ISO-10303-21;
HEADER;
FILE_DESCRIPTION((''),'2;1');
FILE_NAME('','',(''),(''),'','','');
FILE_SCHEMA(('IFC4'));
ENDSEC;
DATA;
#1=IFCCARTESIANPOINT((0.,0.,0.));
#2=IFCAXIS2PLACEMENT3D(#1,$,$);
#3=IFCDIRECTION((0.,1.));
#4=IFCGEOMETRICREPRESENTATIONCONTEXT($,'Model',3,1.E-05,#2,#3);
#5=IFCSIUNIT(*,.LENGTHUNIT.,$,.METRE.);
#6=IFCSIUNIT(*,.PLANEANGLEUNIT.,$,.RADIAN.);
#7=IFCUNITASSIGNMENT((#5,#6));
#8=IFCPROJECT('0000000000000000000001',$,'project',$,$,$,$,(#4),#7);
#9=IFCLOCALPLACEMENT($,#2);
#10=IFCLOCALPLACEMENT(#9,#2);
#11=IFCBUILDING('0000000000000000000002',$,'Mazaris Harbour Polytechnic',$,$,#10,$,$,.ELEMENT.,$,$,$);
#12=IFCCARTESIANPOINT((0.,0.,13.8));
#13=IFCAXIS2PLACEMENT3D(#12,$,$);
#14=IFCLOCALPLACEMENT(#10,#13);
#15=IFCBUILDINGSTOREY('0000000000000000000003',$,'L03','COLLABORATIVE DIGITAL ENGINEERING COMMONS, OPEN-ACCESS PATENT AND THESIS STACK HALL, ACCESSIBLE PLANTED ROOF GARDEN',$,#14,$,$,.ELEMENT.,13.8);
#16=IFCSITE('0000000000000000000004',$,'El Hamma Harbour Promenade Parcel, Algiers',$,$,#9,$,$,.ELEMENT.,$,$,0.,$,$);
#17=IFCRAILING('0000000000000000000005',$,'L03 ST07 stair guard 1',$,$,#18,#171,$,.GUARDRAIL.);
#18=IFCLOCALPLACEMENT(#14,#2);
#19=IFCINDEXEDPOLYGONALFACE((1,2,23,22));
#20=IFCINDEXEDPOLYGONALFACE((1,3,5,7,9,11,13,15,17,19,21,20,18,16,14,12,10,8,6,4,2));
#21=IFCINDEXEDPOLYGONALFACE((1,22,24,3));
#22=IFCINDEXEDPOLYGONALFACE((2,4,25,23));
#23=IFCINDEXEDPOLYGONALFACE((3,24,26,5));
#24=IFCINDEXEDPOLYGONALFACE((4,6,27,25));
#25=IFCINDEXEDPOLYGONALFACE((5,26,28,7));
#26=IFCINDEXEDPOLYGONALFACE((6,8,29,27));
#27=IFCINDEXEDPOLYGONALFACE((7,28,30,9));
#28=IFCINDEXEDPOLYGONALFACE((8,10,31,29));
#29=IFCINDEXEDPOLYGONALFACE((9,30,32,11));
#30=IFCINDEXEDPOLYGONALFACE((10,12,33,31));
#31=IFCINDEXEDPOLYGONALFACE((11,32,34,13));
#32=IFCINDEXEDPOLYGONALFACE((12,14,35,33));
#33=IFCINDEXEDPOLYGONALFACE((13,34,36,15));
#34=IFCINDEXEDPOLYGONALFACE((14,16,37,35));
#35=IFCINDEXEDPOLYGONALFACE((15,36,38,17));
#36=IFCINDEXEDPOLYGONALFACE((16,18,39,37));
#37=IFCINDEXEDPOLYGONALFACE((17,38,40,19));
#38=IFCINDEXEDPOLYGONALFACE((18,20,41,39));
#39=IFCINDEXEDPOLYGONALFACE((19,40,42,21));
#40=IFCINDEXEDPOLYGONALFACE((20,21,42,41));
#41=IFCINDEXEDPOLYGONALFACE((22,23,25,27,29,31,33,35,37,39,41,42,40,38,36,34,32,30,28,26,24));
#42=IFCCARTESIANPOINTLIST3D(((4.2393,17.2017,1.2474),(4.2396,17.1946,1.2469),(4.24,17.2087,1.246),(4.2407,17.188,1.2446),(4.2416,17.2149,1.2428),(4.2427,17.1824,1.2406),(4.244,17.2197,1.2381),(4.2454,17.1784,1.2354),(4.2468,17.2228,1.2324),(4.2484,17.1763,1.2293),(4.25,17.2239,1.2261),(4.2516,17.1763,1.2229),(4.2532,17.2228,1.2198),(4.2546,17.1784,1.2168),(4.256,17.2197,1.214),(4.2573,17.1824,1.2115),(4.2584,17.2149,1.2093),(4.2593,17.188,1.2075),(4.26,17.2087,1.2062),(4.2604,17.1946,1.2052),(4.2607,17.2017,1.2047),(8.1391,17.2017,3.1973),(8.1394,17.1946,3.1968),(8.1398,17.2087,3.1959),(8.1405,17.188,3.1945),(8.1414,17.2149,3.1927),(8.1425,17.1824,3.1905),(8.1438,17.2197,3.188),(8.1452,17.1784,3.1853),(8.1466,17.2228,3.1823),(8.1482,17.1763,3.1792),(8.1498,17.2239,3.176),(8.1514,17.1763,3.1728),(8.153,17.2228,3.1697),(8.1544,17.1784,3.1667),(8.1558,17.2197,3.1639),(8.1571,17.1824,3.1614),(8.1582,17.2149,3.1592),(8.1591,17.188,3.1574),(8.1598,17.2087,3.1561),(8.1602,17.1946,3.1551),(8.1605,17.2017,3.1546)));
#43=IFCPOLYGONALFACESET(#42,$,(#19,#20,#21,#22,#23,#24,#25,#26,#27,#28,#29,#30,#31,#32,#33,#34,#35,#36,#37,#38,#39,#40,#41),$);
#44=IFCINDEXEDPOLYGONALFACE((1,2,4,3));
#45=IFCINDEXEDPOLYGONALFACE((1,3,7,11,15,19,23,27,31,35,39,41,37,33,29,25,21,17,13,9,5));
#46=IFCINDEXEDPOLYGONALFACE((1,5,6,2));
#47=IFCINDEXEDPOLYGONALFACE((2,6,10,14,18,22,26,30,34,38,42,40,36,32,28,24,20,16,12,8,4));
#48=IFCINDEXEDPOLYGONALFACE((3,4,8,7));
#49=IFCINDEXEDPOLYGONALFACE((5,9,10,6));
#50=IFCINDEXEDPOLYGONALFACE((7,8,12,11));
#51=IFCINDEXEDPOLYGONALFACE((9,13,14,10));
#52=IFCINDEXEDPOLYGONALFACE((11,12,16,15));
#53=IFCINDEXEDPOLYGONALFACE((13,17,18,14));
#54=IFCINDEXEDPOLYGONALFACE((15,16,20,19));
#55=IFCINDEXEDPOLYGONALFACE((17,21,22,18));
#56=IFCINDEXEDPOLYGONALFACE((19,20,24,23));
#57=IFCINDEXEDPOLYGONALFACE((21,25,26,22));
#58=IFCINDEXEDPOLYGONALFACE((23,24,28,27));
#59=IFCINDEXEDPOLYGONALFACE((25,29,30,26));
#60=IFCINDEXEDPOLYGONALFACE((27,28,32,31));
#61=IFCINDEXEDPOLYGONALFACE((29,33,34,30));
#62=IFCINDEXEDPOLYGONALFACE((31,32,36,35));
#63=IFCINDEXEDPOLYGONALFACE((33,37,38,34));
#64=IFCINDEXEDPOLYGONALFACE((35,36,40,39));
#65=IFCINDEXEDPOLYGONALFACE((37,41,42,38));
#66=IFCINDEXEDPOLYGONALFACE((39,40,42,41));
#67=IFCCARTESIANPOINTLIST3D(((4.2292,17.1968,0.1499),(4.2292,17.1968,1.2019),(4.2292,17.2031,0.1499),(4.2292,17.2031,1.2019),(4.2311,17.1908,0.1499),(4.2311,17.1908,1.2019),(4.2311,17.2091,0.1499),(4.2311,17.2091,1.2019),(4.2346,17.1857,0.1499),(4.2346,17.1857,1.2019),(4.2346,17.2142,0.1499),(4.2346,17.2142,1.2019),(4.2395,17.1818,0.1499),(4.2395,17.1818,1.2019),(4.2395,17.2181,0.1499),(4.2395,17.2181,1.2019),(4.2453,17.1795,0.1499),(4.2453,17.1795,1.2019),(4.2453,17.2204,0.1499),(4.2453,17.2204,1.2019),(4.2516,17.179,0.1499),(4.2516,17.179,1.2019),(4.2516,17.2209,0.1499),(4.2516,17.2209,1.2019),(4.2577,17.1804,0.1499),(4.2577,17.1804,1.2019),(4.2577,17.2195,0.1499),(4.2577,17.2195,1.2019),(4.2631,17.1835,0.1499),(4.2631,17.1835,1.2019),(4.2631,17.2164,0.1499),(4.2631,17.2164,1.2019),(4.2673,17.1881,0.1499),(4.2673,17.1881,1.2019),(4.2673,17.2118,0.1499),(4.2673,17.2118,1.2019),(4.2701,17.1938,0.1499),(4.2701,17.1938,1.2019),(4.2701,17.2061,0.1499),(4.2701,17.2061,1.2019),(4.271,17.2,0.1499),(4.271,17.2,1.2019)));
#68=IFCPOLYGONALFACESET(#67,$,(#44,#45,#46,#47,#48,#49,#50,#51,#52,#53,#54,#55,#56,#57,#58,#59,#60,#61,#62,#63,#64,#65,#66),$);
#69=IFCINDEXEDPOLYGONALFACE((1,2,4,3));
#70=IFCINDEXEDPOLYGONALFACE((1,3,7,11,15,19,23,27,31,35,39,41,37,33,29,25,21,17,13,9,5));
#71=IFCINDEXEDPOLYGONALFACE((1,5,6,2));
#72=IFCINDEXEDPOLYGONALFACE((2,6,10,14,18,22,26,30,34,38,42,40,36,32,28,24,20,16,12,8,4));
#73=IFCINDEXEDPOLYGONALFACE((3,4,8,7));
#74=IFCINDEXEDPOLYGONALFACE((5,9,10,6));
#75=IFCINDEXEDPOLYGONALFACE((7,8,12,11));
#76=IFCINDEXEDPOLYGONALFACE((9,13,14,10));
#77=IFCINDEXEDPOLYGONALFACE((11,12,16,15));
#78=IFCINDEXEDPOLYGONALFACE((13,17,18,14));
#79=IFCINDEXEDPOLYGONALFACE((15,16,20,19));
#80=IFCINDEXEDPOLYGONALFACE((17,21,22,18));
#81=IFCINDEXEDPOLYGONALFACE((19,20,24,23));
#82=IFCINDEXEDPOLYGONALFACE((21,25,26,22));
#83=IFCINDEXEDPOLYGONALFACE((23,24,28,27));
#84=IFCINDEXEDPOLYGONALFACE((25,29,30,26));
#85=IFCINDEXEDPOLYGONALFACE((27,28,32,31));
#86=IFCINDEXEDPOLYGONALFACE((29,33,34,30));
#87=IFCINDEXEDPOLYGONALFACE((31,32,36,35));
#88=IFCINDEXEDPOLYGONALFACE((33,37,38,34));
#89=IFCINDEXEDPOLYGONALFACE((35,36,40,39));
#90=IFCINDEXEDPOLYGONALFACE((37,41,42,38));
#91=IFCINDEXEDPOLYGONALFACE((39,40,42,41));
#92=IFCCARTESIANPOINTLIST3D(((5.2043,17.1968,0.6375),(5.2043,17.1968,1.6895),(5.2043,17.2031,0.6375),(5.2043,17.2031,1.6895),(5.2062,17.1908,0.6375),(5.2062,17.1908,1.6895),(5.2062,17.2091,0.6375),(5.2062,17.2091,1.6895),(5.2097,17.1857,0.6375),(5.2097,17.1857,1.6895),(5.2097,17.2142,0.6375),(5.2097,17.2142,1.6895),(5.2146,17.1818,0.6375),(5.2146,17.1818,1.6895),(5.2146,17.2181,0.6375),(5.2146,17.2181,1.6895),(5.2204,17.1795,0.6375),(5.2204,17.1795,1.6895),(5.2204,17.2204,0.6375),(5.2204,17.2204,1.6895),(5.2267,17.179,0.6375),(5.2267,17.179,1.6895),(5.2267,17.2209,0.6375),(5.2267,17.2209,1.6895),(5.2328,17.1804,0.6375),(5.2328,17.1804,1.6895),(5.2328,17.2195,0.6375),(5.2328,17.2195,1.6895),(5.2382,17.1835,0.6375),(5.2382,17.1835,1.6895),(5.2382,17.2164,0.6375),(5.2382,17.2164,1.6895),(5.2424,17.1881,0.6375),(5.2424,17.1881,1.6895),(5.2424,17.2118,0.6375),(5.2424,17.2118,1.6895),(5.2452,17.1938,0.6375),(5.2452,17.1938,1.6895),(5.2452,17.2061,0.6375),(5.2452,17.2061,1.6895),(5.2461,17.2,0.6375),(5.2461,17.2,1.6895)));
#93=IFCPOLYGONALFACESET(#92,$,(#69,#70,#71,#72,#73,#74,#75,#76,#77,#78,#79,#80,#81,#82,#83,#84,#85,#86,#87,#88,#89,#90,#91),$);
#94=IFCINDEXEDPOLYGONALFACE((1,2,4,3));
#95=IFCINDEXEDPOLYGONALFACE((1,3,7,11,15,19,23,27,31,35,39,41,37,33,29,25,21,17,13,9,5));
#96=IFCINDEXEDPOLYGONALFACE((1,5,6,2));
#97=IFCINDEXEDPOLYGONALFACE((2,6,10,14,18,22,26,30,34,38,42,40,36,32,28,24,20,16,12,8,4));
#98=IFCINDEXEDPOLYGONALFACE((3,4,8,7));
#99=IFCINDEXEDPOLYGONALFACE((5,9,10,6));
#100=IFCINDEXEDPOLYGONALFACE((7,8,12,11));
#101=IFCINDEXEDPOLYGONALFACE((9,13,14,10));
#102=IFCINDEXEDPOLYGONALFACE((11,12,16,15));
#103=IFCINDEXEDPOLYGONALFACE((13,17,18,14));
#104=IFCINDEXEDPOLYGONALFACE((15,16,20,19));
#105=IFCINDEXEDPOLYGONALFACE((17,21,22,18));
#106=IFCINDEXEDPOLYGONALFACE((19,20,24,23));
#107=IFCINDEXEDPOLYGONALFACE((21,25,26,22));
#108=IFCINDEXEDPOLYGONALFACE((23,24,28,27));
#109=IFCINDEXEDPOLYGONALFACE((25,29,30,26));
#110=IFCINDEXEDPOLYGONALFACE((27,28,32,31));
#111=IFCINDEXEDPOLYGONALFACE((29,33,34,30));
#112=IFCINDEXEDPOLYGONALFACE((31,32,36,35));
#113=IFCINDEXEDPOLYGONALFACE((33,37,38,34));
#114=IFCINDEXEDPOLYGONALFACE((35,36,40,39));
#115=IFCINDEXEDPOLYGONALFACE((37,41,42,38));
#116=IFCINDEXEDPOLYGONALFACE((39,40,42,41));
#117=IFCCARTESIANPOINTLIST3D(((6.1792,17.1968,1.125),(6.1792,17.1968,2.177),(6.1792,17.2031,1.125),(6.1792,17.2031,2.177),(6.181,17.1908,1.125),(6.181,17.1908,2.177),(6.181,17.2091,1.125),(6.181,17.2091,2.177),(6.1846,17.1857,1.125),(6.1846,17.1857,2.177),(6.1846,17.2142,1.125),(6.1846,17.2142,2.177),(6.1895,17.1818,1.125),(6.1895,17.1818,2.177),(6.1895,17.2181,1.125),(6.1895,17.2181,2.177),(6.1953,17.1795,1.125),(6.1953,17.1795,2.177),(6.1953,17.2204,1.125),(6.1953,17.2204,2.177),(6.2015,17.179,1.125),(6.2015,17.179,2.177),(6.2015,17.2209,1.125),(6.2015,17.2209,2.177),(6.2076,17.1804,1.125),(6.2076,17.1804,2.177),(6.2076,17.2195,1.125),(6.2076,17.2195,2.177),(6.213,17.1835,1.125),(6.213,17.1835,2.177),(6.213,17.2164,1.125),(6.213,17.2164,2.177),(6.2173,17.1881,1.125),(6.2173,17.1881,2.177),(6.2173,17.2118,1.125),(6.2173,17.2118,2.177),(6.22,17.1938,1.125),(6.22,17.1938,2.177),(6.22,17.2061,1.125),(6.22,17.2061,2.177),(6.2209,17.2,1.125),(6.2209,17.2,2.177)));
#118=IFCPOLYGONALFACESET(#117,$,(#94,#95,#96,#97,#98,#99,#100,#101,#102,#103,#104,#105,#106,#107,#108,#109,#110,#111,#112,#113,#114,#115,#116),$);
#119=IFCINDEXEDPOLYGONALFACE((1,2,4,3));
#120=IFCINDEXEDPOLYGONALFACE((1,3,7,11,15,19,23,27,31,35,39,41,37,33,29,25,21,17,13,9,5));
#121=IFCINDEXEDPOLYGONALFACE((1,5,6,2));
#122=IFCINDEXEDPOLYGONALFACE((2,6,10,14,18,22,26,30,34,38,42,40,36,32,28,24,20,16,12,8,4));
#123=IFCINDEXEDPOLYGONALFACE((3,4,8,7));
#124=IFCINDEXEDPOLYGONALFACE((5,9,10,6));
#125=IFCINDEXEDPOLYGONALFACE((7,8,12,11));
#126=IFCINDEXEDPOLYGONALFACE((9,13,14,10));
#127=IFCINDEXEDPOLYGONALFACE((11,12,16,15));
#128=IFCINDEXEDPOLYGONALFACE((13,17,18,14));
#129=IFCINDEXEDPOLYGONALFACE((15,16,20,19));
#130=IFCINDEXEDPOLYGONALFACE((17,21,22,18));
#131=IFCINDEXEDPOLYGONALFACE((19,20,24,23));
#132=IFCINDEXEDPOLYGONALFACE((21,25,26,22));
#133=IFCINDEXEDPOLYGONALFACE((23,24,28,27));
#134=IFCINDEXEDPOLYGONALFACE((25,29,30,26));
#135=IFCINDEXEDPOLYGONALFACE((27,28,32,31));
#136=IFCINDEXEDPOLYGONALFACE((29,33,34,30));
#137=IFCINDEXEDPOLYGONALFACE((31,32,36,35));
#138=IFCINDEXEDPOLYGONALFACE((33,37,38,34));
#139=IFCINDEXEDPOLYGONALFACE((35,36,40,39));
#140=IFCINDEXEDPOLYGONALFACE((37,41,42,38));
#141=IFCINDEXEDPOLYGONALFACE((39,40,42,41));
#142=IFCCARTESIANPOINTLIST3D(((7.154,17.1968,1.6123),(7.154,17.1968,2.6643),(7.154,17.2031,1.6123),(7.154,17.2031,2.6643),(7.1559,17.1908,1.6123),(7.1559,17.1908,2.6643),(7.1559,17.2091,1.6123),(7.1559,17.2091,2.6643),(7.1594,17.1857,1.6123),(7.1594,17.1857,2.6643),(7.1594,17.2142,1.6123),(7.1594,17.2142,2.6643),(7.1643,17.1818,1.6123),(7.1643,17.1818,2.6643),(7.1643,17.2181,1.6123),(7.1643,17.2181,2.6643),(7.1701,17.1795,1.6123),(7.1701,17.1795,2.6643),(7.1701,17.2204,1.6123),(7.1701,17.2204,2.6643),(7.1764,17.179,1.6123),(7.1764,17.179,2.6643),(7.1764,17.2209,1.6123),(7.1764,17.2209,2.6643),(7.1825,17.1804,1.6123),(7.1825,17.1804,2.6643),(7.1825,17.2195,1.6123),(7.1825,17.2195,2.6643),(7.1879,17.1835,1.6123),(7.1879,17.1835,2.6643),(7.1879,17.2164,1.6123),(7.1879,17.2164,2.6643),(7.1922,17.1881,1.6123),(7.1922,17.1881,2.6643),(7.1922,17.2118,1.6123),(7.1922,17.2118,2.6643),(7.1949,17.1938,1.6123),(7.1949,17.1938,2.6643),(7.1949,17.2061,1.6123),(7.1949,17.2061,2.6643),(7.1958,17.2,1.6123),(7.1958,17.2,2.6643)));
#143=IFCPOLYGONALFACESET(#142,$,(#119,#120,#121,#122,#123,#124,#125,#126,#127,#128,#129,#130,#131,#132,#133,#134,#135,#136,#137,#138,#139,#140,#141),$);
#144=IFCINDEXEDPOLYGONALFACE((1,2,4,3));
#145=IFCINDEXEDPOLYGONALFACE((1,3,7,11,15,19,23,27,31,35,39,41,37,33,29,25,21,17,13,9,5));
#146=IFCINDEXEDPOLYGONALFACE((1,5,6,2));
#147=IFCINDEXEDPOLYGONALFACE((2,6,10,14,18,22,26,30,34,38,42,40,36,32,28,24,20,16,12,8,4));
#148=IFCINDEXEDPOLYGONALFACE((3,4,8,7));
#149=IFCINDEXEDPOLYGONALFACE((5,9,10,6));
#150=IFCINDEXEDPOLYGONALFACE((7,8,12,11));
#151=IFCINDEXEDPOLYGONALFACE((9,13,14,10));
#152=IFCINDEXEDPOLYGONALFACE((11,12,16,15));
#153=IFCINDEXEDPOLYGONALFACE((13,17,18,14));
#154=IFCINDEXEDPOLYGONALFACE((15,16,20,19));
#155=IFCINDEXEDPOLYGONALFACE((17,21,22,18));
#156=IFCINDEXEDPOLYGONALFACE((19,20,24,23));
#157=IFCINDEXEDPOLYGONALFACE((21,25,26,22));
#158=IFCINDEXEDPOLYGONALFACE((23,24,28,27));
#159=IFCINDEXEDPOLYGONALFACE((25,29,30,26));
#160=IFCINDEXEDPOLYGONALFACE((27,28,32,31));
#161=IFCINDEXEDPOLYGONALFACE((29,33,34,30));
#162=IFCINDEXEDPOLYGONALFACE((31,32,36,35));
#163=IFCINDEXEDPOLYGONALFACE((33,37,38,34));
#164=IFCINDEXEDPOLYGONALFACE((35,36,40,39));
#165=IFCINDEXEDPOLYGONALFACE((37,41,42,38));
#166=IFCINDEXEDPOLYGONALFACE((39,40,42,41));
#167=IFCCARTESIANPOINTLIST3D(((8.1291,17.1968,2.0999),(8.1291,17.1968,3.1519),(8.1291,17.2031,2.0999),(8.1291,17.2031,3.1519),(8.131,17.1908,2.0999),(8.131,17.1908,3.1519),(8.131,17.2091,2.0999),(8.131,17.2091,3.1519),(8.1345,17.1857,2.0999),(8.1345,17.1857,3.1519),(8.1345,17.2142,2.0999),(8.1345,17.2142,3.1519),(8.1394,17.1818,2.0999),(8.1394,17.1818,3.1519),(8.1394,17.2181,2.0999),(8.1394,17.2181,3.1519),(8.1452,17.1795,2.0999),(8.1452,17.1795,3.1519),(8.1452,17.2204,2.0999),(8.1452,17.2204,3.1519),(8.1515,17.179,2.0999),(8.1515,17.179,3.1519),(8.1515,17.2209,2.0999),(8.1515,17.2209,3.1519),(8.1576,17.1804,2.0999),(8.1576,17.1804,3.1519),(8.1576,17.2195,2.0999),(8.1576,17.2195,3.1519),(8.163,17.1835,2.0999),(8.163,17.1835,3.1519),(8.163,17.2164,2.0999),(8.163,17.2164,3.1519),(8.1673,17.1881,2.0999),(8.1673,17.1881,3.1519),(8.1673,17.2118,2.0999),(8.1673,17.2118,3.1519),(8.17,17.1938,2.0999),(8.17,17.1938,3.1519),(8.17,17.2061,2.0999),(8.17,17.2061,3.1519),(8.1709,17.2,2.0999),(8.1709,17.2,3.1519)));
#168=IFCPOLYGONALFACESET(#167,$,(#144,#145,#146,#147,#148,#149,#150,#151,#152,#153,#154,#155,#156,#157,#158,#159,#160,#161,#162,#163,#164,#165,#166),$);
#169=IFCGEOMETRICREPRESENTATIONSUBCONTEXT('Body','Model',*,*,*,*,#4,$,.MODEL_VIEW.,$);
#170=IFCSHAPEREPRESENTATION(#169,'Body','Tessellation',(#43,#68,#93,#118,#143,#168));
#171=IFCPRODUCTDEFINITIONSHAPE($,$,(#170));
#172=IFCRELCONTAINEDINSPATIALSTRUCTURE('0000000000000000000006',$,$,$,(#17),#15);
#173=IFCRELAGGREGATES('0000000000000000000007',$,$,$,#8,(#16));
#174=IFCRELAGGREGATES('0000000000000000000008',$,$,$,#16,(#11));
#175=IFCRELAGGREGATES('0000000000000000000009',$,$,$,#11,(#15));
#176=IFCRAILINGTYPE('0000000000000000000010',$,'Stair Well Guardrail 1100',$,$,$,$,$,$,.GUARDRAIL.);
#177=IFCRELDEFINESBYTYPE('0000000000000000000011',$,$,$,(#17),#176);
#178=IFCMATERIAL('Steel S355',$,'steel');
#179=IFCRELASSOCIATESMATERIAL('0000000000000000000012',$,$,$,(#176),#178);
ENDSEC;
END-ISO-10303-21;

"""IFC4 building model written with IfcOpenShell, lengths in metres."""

from ifc_helpers import new_model, si_unit, direction, frame, origin, origin_2d, place, context, subcontext, project, spatial, circle, extrude, material, type_object, element, save


model = new_model("IFC4")

# Units and contexts
model_context = context("Model", 3, precision=1e-05, world=origin(), true_north=direction((0.0, 1.0)))
body_context = subcontext(model_context, "Body", "Model", "MODEL_VIEW")
ifc_project = project(units=[si_unit("LENGTHUNIT", "METRE"), si_unit("PLANEANGLEUNIT", "RADIAN")], contexts=[model_context])

# Site, building, storey
site_placement = place(None, origin())
site = spatial("IfcSite", under=ifc_project, at=site_placement, Name="El Hamma Harbour Promenade Parcel, Algiers", CompositionType="ELEMENT", RefElevation=0.0)
building_placement = place(site_placement, origin())
building = spatial("IfcBuilding", under=site, at=building_placement, Name="Mazaris Harbour Polytechnic", CompositionType="ELEMENT")
storey_placement = place(building_placement, frame((0.0, 0.0, 13.8)))
storey = spatial("IfcBuildingStorey", under=building, at=storey_placement, Name="L03", Description="COLLABORATIVE DIGITAL ENGINEERING COMMONS, OPEN-ACCESS PATENT AND THESIS STACK HALL, ACCESSIBLE PLANTED ROOF GARDEN", CompositionType="ELEMENT", Elevation=13.8)

# Railing
ifc_material_1 = material(Name="Steel S355", Category="steel")
railing_type_1 = type_object("IfcRailingType", Name="Stair Well Guardrail 1100", PredefinedType="GUARDRAIL", material=ifc_material_1)
railing_1_placement = place(storey_placement, frame((4.25, 17.2, 0.1499)))
element("IfcRailing", 1, at=railing_1_placement, inside=storey, type_object=railing_type_1, Name="L03 ST07 stair guard 1", PredefinedType="GUARDRAIL", context=body_context, shape_type="SweptSolid", body=[
    extrude(circle(Radius=0.0239, at=origin_2d()), frame((0.0, 0.0, 1.0762), z_axis=(0.894427, 0.0, 0.447214), x_axis=(0.0, 1.0, 0.0)), (0.0, 0.0, 1.0), 4.3601),
    extrude(circle(Radius=0.021, at=origin_2d()), origin(), (0.0, 0.0, 1.0), 1.052),
    extrude(circle(Radius=0.021, at=origin_2d()), frame((0.9751, 0.0, 0.4875)), (0.0, 0.0, 1.0), 1.052),
    extrude(circle(Radius=0.021, at=origin_2d()), frame((1.95, 0.0, 0.9751)), (0.0, 0.0, 1.0), 1.052),
    extrude(circle(Radius=0.021, at=origin_2d()), frame((2.9248, 0.0, 1.4624)), (0.0, 0.0, 1.0), 1.052),
    extrude(circle(Radius=0.021, at=origin_2d()), frame((3.8999, 0.0, 1.95)), (0.0, 0.0, 1.0), 1.052),
])

save(model, "model.ifc")
